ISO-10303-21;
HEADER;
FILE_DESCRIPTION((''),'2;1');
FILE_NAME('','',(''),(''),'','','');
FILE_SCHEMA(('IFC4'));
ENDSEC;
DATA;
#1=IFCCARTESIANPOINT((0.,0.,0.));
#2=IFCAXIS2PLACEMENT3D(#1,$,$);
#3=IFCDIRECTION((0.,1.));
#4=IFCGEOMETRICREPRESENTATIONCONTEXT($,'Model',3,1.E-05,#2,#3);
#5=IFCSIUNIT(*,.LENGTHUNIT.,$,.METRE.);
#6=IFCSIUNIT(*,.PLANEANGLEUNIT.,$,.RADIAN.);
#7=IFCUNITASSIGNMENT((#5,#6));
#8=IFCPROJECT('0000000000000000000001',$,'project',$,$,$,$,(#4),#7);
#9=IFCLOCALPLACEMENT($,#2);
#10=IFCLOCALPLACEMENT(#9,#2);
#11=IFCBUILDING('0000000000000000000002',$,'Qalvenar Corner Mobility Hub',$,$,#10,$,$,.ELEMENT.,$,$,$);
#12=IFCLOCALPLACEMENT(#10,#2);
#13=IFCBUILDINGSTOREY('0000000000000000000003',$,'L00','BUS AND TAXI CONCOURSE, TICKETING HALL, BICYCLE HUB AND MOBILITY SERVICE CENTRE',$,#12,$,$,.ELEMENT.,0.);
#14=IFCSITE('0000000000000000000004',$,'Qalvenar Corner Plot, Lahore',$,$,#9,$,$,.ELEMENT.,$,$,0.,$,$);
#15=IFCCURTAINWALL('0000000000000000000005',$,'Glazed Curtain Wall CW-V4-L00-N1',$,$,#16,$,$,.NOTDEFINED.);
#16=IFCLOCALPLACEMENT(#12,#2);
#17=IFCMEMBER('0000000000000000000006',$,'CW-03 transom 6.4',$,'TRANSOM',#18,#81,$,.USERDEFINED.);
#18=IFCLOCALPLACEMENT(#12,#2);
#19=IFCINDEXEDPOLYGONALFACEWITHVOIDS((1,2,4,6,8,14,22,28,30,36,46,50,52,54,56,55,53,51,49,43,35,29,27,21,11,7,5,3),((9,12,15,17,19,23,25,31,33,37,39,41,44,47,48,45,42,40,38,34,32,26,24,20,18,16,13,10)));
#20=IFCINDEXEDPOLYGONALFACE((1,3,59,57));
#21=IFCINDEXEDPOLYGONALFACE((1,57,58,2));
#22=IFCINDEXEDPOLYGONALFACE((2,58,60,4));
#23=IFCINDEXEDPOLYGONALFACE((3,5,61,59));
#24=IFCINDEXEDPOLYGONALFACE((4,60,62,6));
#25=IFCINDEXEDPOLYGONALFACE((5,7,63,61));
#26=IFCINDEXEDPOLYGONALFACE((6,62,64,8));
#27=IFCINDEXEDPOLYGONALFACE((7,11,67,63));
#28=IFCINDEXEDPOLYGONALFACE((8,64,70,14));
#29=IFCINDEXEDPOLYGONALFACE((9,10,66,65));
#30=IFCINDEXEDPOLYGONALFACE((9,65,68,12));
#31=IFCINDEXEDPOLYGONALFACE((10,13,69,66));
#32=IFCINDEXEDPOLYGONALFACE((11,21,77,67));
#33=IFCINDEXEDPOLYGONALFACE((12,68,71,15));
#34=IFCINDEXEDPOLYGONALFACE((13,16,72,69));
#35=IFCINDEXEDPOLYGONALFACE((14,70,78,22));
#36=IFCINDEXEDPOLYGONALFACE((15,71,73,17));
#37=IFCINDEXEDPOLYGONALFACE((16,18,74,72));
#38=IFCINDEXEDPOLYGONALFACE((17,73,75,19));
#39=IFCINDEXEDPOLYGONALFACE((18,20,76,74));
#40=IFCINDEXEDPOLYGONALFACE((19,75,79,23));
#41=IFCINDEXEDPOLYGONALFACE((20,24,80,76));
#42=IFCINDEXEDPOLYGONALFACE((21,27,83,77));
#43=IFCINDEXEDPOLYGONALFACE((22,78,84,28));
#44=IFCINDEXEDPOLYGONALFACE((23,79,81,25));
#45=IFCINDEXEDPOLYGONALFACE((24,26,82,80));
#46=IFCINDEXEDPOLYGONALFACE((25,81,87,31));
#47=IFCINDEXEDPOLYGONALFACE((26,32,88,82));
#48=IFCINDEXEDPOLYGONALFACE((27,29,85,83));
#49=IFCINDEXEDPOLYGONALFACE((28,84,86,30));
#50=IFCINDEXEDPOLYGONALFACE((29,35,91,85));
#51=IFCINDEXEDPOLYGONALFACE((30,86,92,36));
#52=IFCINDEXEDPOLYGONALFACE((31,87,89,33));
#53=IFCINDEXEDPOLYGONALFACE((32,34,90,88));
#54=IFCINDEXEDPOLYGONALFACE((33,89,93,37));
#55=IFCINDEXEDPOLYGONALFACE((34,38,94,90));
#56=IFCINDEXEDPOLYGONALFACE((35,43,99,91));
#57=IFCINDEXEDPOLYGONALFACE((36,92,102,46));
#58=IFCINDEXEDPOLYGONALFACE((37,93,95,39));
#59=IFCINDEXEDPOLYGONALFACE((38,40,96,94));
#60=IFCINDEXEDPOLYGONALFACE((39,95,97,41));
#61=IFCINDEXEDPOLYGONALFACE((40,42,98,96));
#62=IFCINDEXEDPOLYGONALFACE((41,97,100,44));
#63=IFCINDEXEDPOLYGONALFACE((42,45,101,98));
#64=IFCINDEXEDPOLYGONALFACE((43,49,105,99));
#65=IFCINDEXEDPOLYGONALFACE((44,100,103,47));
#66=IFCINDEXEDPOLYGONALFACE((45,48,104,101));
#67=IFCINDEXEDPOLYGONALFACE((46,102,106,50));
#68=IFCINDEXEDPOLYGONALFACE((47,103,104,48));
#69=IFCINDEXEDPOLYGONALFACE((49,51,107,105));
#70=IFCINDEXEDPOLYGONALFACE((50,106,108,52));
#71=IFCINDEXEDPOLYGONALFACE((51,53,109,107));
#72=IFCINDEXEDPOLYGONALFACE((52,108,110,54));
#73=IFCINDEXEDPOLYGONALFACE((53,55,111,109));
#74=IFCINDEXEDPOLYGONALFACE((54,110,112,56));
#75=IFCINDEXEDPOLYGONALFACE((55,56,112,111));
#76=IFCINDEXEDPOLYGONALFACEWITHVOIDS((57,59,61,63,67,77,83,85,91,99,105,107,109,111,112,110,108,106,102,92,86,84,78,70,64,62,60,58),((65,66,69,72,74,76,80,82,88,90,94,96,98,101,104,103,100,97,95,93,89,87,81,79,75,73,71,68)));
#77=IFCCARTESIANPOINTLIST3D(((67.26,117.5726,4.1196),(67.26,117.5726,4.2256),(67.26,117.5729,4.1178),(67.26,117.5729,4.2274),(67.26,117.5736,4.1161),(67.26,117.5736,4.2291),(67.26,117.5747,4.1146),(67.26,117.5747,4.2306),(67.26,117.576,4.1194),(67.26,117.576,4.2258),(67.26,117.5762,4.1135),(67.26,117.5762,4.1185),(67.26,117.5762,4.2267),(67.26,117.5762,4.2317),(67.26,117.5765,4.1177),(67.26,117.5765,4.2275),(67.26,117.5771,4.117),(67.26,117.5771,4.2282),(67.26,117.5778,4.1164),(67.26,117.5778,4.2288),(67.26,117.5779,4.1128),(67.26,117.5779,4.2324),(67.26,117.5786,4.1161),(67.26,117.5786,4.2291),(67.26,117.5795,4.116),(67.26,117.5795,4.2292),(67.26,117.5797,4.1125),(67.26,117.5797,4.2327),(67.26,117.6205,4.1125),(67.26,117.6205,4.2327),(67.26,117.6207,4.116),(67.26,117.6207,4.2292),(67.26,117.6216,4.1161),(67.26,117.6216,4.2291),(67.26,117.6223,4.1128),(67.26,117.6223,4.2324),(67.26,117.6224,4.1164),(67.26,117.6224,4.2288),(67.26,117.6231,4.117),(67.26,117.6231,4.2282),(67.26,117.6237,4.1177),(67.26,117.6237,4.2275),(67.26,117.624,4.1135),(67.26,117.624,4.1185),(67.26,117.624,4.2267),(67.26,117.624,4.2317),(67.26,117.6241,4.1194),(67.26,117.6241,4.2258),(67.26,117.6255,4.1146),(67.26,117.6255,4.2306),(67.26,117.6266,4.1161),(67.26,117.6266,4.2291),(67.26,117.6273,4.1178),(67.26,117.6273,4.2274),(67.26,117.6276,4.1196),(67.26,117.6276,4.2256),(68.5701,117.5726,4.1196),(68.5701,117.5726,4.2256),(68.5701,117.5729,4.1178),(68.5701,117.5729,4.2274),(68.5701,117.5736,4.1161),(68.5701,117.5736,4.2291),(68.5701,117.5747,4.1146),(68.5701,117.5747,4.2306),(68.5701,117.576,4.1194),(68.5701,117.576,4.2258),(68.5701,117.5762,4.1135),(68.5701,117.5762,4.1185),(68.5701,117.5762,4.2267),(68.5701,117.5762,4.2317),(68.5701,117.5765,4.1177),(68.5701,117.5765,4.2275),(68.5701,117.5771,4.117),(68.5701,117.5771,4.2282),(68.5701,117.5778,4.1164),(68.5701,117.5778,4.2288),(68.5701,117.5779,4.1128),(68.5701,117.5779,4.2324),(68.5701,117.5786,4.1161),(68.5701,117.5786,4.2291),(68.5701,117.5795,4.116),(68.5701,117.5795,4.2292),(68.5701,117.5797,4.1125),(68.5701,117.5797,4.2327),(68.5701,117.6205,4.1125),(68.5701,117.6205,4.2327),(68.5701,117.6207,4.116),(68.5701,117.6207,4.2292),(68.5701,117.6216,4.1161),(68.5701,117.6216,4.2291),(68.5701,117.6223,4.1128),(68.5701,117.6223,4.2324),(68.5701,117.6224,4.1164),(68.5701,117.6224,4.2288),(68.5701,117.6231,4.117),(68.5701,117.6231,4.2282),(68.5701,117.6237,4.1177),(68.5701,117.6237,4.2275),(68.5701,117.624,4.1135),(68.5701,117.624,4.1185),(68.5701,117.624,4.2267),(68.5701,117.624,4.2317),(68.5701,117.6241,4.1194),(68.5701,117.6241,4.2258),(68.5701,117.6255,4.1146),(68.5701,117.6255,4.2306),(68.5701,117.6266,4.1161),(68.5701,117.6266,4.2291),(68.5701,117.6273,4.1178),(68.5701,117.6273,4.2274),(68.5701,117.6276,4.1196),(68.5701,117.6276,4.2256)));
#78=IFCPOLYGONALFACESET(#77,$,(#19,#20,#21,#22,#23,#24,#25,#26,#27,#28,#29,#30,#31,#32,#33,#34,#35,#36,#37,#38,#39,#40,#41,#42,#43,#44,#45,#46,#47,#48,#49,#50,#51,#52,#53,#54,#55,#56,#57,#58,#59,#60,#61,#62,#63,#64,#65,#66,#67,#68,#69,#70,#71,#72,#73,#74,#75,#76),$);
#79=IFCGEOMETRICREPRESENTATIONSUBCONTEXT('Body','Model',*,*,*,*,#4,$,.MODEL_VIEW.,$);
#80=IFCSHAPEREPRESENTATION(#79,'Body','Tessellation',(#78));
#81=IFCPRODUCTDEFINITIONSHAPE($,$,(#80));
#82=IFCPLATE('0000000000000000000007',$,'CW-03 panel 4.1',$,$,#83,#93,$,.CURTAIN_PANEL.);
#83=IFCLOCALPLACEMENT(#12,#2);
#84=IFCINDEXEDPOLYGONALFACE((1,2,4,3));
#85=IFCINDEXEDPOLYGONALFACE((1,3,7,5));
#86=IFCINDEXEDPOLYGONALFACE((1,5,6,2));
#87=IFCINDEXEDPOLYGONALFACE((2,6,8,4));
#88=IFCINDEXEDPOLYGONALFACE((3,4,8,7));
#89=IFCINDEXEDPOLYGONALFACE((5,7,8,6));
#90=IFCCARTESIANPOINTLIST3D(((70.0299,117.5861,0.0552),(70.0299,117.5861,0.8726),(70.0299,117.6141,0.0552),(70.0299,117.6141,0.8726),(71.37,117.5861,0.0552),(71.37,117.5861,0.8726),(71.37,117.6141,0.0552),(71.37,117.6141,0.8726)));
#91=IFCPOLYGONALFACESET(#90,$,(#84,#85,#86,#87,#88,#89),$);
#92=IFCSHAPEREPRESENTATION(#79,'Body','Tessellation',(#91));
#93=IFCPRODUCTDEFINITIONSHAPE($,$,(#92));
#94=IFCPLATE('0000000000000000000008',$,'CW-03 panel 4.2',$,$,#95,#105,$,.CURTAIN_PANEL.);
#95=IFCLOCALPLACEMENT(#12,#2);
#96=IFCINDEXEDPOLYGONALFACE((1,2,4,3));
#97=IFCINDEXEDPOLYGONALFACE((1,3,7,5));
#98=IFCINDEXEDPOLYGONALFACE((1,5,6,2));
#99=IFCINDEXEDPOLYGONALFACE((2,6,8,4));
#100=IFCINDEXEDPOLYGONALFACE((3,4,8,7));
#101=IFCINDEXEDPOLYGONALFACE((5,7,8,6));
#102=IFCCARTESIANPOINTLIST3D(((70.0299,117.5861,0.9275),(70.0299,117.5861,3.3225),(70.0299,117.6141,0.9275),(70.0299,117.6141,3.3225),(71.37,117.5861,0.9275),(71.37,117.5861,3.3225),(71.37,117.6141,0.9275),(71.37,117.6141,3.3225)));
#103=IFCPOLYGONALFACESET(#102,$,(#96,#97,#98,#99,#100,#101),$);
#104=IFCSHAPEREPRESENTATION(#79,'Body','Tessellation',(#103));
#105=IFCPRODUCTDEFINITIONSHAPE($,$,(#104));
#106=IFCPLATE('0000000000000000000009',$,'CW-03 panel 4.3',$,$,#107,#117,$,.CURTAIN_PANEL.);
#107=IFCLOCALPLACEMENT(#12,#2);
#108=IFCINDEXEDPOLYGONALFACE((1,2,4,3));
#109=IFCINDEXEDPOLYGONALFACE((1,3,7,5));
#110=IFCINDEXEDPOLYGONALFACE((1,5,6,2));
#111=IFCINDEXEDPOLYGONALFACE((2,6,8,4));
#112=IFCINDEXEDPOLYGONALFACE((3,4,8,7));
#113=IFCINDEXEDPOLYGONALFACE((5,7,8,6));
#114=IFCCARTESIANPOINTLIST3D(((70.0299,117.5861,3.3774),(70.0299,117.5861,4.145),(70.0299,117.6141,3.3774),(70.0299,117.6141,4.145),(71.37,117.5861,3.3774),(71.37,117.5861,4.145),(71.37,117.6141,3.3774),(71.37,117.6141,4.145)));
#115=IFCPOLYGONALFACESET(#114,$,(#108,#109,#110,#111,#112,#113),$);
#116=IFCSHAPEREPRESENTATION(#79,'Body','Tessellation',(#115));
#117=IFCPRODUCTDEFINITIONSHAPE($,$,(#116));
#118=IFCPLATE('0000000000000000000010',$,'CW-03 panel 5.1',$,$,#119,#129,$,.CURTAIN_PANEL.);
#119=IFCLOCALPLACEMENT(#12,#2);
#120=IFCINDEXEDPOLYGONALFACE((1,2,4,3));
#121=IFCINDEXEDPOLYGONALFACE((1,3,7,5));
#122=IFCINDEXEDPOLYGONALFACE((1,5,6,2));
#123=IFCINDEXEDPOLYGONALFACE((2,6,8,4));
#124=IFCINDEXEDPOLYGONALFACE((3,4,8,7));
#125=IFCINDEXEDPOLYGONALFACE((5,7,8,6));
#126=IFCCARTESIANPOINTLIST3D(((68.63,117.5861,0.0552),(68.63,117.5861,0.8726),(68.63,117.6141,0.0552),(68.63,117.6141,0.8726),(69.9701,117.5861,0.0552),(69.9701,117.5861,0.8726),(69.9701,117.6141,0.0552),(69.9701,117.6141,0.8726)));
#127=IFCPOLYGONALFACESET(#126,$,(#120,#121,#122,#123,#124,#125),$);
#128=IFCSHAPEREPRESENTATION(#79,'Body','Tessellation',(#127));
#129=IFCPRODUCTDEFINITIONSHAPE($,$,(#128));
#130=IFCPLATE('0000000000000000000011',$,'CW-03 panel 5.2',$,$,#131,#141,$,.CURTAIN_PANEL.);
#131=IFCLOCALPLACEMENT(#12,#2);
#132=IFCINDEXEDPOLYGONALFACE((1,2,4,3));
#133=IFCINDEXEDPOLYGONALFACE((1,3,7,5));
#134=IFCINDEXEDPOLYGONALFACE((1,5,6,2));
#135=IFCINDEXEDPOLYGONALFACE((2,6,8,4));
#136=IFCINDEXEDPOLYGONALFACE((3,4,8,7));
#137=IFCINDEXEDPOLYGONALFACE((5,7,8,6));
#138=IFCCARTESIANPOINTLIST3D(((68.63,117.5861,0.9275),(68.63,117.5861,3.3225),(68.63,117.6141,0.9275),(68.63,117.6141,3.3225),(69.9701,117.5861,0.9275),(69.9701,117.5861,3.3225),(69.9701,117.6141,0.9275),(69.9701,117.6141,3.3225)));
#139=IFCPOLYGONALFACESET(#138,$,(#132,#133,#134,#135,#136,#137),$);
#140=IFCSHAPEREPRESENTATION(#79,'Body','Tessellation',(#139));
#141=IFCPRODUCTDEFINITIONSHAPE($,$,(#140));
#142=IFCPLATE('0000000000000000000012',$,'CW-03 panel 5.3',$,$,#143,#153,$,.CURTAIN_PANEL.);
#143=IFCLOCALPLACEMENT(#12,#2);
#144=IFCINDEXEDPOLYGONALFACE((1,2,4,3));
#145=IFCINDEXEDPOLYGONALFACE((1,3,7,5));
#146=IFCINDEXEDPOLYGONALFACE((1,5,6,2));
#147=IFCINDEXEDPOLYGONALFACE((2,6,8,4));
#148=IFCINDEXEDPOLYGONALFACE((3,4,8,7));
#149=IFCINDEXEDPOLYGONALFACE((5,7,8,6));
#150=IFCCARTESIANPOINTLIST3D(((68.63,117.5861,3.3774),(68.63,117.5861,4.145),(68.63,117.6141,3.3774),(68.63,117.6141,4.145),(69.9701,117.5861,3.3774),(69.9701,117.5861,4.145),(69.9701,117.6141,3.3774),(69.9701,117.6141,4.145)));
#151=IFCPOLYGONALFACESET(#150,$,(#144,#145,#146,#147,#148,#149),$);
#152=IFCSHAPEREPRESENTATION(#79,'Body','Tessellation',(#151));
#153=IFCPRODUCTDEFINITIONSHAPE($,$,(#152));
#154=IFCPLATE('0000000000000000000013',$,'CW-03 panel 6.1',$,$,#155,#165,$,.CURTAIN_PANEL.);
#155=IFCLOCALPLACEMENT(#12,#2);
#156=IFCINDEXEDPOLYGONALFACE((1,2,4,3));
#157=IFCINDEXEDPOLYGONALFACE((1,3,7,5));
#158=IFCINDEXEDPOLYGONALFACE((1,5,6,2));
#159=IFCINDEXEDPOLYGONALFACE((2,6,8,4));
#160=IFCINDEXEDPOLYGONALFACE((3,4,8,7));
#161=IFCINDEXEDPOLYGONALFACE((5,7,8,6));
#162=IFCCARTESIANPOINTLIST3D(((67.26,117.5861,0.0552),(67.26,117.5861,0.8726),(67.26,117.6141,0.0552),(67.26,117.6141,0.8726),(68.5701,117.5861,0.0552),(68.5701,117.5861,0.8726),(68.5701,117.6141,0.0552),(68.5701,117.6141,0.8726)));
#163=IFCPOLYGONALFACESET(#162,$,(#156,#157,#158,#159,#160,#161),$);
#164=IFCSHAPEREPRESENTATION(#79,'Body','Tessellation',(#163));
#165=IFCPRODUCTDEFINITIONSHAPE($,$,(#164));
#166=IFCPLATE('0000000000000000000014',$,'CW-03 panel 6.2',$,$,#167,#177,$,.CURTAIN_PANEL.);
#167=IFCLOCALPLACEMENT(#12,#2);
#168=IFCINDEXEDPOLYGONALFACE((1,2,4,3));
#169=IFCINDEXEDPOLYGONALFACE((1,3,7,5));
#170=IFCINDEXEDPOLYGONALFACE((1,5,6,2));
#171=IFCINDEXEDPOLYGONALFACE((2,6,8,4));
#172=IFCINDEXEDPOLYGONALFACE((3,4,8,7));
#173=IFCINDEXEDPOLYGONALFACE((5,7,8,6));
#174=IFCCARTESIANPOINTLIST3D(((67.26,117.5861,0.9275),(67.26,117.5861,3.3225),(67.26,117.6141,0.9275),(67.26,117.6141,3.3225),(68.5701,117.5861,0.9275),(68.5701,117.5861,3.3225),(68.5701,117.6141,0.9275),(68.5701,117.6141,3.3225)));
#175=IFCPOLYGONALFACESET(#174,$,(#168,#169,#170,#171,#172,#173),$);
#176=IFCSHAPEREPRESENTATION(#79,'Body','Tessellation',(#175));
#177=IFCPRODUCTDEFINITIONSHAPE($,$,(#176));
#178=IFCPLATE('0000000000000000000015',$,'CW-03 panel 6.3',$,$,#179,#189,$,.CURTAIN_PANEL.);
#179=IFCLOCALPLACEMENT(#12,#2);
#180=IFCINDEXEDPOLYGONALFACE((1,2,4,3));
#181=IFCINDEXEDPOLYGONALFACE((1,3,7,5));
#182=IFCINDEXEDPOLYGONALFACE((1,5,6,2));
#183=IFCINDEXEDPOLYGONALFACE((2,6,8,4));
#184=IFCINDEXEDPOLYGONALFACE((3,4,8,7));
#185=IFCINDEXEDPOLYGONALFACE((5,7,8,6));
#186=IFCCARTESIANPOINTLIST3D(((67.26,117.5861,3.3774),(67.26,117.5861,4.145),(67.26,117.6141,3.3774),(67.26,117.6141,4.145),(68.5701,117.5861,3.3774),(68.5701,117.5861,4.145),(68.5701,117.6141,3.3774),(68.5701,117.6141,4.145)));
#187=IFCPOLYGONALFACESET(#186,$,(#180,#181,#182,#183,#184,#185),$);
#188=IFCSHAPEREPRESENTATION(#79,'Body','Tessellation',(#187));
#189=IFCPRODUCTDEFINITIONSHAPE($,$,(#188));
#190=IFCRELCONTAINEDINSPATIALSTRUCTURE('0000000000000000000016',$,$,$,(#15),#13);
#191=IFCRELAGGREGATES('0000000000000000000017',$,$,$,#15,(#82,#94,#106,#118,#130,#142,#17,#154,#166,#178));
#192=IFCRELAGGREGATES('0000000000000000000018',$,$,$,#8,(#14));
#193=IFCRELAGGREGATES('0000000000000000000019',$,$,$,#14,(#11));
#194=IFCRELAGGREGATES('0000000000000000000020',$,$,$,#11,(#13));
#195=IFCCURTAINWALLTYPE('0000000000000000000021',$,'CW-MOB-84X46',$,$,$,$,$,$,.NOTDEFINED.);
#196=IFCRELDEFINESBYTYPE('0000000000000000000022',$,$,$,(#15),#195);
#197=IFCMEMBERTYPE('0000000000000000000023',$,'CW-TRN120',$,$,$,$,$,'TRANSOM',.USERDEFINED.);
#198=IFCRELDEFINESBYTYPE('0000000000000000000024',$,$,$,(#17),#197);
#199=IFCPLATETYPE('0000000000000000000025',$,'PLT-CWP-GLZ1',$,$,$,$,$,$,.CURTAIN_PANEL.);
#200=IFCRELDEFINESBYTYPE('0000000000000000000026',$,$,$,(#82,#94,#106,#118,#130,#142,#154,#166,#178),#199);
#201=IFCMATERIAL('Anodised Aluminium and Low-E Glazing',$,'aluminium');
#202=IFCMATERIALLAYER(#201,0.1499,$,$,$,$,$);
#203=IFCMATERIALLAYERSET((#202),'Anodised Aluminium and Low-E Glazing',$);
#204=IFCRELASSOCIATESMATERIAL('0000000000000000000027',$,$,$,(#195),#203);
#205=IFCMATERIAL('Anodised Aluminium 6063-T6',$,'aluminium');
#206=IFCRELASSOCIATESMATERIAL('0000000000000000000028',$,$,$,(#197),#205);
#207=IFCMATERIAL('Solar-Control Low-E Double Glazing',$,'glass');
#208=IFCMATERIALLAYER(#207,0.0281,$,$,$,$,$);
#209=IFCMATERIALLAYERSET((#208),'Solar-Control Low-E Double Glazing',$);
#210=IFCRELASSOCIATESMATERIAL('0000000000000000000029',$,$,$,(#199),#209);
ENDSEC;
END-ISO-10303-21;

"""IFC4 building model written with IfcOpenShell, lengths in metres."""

from ifc_helpers import new_model, si_unit, direction, frame, origin, origin_2d, place, context, subcontext, project, spatial, rectangle, hollow_rectangle, extrude, material, layer, layer_set, material_profile, profile_set, type_object, element, aggregate, save


model = new_model("IFC4")

# Units and contexts
model_context = context("Model", 3, precision=1e-05, world=origin(), true_north=direction((0.0, 1.0)))
body_context = subcontext(model_context, "Body", "Model", "MODEL_VIEW")
ifc_project = project(units=[si_unit("LENGTHUNIT", "METRE"), si_unit("PLANEANGLEUNIT", "RADIAN")], contexts=[model_context])

# Site, building, storey
site_placement = place(None, origin())
site = spatial("IfcSite", under=ifc_project, at=site_placement, Name="Qalvenar Corner Plot, Lahore", CompositionType="ELEMENT", RefElevation=0.0)
building_placement = place(site_placement, origin())
building = spatial("IfcBuilding", under=site, at=building_placement, Name="Qalvenar Corner Mobility Hub", CompositionType="ELEMENT")
storey_placement = place(building_placement, origin())
storey = spatial("IfcBuildingStorey", under=building, at=storey_placement, Name="L00", Description="BUS AND TAXI CONCOURSE, TICKETING HALL, BICYCLE HUB AND MOBILITY SERVICE CENTRE", CompositionType="ELEMENT", Elevation=0.0)

# Curtain wall, member, plates
ifc_material_1 = material(Name="Anodised Aluminium and Low-E Glazing", Category="aluminium")
ifc_layer_1 = layer(ifc_material_1, 0.1499)
ifc_layer_set_1 = layer_set([ifc_layer_1], Name="Anodised Aluminium and Low-E Glazing")
curtain_wall_type = type_object("IfcCurtainWallType", Name="CW-MOB-84X46", PredefinedType="NOTDEFINED", material=ifc_layer_set_1)
curtain_wall_placement = place(storey_placement, origin())
curtain_wall = element("IfcCurtainWall", 1, at=curtain_wall_placement, inside=storey, type_object=curtain_wall_type, Name="Glazed Curtain Wall CW-V4-L00-N1", PredefinedType="NOTDEFINED")
ifc_material_2 = material(Name="Anodised Aluminium 6063-T6", Category="aluminium")
ifc_material_profile_1 = material_profile(ifc_material_2, hollow_rectangle(XDim=0.0549, YDim=0.1201, WallThickness=0.0034, InnerFilletRadius=0.0034, OuterFilletRadius=0.0071, at=origin_2d()), Name="RHS120x55x3.5")
ifc_profile_set_1 = profile_set([ifc_material_profile_1], Name="Anodised Aluminium 6063-T6")
member_type_1 = type_object("IfcMemberType", Name="CW-TRN120", ElementType="TRANSOM", PredefinedType="USERDEFINED", material=ifc_profile_set_1)
member_1_placement = place(storey_placement, frame((68.5701, 117.6001, 4.1726), z_axis=(-1.0, 0.0, 0.0), x_axis=(0.0, -1.0, 0.0)))
member_1 = element("IfcMember", 2, at=member_1_placement, type_object=member_type_1, Name="CW-03 transom 6.4", ObjectType="TRANSOM", PredefinedType="USERDEFINED", context=body_context, shape_type="SweptSolid", body=[
    extrude(hollow_rectangle(XDim=0.0549, YDim=0.1201, WallThickness=0.0034, InnerFilletRadius=0.0034, OuterFilletRadius=0.0071, at=origin_2d()), origin(), (0.0, 0.0, 1.0), 1.3101),
])
ifc_material_3 = material(Name="Solar-Control Low-E Double Glazing", Category="glass")
ifc_layer_2 = layer(ifc_material_3, 0.0281)
ifc_layer_set_2 = layer_set([ifc_layer_2], Name="Solar-Control Low-E Double Glazing")
plate_type = type_object("IfcPlateType", Name="PLT-CWP-GLZ1", PredefinedType="CURTAIN_PANEL", material=ifc_layer_set_2)
plate_1_placement = place(storey_placement, frame((70.7, 117.6001, 0.0552), z_axis=(0.0, 0.0, 1.0), x_axis=(-1.0, 0.0, 0.0)))
plate_1 = element("IfcPlate", 3, at=plate_1_placement, type_object=plate_type, Name="CW-03 panel 4.1", PredefinedType="CURTAIN_PANEL", context=body_context, shape_type="SweptSolid", body=[
    extrude(rectangle(XDim=1.3401, YDim=0.0281, at=origin_2d()), origin(), (0.0, 0.0, 1.0), 0.8174),
])
plate_2_placement = place(storey_placement, frame((70.7, 117.6001, 0.9275), z_axis=(0.0, 0.0, 1.0), x_axis=(-1.0, 0.0, 0.0)))
plate_2 = element("IfcPlate", 4, at=plate_2_placement, type_object=plate_type, Name="CW-03 panel 4.2", PredefinedType="CURTAIN_PANEL", context=body_context, shape_type="SweptSolid", body=[
    extrude(rectangle(XDim=1.3401, YDim=0.0281, at=origin_2d()), origin(), (0.0, 0.0, 1.0), 2.395),
])
plate_3_placement = place(storey_placement, frame((70.7, 117.6001, 3.3774), z_axis=(0.0, 0.0, 1.0), x_axis=(-1.0, 0.0, 0.0)))
plate_3 = element("IfcPlate", 5, at=plate_3_placement, type_object=plate_type, Name="CW-03 panel 4.3", PredefinedType="CURTAIN_PANEL", context=body_context, shape_type="SweptSolid", body=[
    extrude(rectangle(XDim=1.3401, YDim=0.0281, at=origin_2d()), origin(), (0.0, 0.0, 1.0), 0.7676),
])
plate_4_placement = place(storey_placement, frame((69.3, 117.6001, 0.0552), z_axis=(0.0, 0.0, 1.0), x_axis=(-1.0, 0.0, 0.0)))
plate_4 = element("IfcPlate", 6, at=plate_4_placement, type_object=plate_type, Name="CW-03 panel 5.1", PredefinedType="CURTAIN_PANEL", context=body_context, shape_type="SweptSolid", body=[
    extrude(rectangle(XDim=1.3401, YDim=0.0281, at=origin_2d()), origin(), (0.0, 0.0, 1.0), 0.8174),
])
plate_5_placement = place(storey_placement, frame((69.3, 117.6001, 0.9275), z_axis=(0.0, 0.0, 1.0), x_axis=(-1.0, 0.0, 0.0)))
plate_5 = element("IfcPlate", 7, at=plate_5_placement, type_object=plate_type, Name="CW-03 panel 5.2", PredefinedType="CURTAIN_PANEL", context=body_context, shape_type="SweptSolid", body=[
    extrude(rectangle(XDim=1.3401, YDim=0.0281, at=origin_2d()), origin(), (0.0, 0.0, 1.0), 2.395),
])
plate_6_placement = place(storey_placement, frame((69.3, 117.6001, 3.3774), z_axis=(0.0, 0.0, 1.0), x_axis=(-1.0, 0.0, 0.0)))
plate_6 = element("IfcPlate", 8, at=plate_6_placement, type_object=plate_type, Name="CW-03 panel 5.3", PredefinedType="CURTAIN_PANEL", context=body_context, shape_type="SweptSolid", body=[
    extrude(rectangle(XDim=1.3401, YDim=0.0281, at=origin_2d()), origin(), (0.0, 0.0, 1.0), 0.7676),
])
plate_7_placement = place(storey_placement, frame((67.915, 117.6001, 0.0552), z_axis=(0.0, 0.0, 1.0), x_axis=(-1.0, 0.0, 0.0)))
plate_7 = element("IfcPlate", 9, at=plate_7_placement, type_object=plate_type, Name="CW-03 panel 6.1", PredefinedType="CURTAIN_PANEL", context=body_context, shape_type="SweptSolid", body=[
    extrude(rectangle(XDim=1.3101, YDim=0.0281, at=origin_2d()), origin(), (0.0, 0.0, 1.0), 0.8174),
])
plate_8_placement = place(storey_placement, frame((67.915, 117.6001, 0.9275), z_axis=(0.0, 0.0, 1.0), x_axis=(-1.0, 0.0, 0.0)))
plate_8 = element("IfcPlate", 10, at=plate_8_placement, type_object=plate_type, Name="CW-03 panel 6.2", PredefinedType="CURTAIN_PANEL", context=body_context, shape_type="SweptSolid", body=[
    extrude(rectangle(XDim=1.3101, YDim=0.0281, at=origin_2d()), origin(), (0.0, 0.0, 1.0), 2.395),
])
plate_9_placement = place(storey_placement, frame((67.915, 117.6001, 3.3774), z_axis=(0.0, 0.0, 1.0), x_axis=(-1.0, 0.0, 0.0)))
plate_9 = element("IfcPlate", 11, at=plate_9_placement, type_object=plate_type, Name="CW-03 panel 6.3", PredefinedType="CURTAIN_PANEL", context=body_context, shape_type="SweptSolid", body=[
    extrude(rectangle(XDim=1.3101, YDim=0.0281, at=origin_2d()), origin(), (0.0, 0.0, 1.0), 0.7676),
])
aggregate(curtain_wall, [plate_1, plate_2, plate_3, plate_4, plate_5, plate_6, member_1, plate_7, plate_8, plate_9])

save(model, "model.ifc")
